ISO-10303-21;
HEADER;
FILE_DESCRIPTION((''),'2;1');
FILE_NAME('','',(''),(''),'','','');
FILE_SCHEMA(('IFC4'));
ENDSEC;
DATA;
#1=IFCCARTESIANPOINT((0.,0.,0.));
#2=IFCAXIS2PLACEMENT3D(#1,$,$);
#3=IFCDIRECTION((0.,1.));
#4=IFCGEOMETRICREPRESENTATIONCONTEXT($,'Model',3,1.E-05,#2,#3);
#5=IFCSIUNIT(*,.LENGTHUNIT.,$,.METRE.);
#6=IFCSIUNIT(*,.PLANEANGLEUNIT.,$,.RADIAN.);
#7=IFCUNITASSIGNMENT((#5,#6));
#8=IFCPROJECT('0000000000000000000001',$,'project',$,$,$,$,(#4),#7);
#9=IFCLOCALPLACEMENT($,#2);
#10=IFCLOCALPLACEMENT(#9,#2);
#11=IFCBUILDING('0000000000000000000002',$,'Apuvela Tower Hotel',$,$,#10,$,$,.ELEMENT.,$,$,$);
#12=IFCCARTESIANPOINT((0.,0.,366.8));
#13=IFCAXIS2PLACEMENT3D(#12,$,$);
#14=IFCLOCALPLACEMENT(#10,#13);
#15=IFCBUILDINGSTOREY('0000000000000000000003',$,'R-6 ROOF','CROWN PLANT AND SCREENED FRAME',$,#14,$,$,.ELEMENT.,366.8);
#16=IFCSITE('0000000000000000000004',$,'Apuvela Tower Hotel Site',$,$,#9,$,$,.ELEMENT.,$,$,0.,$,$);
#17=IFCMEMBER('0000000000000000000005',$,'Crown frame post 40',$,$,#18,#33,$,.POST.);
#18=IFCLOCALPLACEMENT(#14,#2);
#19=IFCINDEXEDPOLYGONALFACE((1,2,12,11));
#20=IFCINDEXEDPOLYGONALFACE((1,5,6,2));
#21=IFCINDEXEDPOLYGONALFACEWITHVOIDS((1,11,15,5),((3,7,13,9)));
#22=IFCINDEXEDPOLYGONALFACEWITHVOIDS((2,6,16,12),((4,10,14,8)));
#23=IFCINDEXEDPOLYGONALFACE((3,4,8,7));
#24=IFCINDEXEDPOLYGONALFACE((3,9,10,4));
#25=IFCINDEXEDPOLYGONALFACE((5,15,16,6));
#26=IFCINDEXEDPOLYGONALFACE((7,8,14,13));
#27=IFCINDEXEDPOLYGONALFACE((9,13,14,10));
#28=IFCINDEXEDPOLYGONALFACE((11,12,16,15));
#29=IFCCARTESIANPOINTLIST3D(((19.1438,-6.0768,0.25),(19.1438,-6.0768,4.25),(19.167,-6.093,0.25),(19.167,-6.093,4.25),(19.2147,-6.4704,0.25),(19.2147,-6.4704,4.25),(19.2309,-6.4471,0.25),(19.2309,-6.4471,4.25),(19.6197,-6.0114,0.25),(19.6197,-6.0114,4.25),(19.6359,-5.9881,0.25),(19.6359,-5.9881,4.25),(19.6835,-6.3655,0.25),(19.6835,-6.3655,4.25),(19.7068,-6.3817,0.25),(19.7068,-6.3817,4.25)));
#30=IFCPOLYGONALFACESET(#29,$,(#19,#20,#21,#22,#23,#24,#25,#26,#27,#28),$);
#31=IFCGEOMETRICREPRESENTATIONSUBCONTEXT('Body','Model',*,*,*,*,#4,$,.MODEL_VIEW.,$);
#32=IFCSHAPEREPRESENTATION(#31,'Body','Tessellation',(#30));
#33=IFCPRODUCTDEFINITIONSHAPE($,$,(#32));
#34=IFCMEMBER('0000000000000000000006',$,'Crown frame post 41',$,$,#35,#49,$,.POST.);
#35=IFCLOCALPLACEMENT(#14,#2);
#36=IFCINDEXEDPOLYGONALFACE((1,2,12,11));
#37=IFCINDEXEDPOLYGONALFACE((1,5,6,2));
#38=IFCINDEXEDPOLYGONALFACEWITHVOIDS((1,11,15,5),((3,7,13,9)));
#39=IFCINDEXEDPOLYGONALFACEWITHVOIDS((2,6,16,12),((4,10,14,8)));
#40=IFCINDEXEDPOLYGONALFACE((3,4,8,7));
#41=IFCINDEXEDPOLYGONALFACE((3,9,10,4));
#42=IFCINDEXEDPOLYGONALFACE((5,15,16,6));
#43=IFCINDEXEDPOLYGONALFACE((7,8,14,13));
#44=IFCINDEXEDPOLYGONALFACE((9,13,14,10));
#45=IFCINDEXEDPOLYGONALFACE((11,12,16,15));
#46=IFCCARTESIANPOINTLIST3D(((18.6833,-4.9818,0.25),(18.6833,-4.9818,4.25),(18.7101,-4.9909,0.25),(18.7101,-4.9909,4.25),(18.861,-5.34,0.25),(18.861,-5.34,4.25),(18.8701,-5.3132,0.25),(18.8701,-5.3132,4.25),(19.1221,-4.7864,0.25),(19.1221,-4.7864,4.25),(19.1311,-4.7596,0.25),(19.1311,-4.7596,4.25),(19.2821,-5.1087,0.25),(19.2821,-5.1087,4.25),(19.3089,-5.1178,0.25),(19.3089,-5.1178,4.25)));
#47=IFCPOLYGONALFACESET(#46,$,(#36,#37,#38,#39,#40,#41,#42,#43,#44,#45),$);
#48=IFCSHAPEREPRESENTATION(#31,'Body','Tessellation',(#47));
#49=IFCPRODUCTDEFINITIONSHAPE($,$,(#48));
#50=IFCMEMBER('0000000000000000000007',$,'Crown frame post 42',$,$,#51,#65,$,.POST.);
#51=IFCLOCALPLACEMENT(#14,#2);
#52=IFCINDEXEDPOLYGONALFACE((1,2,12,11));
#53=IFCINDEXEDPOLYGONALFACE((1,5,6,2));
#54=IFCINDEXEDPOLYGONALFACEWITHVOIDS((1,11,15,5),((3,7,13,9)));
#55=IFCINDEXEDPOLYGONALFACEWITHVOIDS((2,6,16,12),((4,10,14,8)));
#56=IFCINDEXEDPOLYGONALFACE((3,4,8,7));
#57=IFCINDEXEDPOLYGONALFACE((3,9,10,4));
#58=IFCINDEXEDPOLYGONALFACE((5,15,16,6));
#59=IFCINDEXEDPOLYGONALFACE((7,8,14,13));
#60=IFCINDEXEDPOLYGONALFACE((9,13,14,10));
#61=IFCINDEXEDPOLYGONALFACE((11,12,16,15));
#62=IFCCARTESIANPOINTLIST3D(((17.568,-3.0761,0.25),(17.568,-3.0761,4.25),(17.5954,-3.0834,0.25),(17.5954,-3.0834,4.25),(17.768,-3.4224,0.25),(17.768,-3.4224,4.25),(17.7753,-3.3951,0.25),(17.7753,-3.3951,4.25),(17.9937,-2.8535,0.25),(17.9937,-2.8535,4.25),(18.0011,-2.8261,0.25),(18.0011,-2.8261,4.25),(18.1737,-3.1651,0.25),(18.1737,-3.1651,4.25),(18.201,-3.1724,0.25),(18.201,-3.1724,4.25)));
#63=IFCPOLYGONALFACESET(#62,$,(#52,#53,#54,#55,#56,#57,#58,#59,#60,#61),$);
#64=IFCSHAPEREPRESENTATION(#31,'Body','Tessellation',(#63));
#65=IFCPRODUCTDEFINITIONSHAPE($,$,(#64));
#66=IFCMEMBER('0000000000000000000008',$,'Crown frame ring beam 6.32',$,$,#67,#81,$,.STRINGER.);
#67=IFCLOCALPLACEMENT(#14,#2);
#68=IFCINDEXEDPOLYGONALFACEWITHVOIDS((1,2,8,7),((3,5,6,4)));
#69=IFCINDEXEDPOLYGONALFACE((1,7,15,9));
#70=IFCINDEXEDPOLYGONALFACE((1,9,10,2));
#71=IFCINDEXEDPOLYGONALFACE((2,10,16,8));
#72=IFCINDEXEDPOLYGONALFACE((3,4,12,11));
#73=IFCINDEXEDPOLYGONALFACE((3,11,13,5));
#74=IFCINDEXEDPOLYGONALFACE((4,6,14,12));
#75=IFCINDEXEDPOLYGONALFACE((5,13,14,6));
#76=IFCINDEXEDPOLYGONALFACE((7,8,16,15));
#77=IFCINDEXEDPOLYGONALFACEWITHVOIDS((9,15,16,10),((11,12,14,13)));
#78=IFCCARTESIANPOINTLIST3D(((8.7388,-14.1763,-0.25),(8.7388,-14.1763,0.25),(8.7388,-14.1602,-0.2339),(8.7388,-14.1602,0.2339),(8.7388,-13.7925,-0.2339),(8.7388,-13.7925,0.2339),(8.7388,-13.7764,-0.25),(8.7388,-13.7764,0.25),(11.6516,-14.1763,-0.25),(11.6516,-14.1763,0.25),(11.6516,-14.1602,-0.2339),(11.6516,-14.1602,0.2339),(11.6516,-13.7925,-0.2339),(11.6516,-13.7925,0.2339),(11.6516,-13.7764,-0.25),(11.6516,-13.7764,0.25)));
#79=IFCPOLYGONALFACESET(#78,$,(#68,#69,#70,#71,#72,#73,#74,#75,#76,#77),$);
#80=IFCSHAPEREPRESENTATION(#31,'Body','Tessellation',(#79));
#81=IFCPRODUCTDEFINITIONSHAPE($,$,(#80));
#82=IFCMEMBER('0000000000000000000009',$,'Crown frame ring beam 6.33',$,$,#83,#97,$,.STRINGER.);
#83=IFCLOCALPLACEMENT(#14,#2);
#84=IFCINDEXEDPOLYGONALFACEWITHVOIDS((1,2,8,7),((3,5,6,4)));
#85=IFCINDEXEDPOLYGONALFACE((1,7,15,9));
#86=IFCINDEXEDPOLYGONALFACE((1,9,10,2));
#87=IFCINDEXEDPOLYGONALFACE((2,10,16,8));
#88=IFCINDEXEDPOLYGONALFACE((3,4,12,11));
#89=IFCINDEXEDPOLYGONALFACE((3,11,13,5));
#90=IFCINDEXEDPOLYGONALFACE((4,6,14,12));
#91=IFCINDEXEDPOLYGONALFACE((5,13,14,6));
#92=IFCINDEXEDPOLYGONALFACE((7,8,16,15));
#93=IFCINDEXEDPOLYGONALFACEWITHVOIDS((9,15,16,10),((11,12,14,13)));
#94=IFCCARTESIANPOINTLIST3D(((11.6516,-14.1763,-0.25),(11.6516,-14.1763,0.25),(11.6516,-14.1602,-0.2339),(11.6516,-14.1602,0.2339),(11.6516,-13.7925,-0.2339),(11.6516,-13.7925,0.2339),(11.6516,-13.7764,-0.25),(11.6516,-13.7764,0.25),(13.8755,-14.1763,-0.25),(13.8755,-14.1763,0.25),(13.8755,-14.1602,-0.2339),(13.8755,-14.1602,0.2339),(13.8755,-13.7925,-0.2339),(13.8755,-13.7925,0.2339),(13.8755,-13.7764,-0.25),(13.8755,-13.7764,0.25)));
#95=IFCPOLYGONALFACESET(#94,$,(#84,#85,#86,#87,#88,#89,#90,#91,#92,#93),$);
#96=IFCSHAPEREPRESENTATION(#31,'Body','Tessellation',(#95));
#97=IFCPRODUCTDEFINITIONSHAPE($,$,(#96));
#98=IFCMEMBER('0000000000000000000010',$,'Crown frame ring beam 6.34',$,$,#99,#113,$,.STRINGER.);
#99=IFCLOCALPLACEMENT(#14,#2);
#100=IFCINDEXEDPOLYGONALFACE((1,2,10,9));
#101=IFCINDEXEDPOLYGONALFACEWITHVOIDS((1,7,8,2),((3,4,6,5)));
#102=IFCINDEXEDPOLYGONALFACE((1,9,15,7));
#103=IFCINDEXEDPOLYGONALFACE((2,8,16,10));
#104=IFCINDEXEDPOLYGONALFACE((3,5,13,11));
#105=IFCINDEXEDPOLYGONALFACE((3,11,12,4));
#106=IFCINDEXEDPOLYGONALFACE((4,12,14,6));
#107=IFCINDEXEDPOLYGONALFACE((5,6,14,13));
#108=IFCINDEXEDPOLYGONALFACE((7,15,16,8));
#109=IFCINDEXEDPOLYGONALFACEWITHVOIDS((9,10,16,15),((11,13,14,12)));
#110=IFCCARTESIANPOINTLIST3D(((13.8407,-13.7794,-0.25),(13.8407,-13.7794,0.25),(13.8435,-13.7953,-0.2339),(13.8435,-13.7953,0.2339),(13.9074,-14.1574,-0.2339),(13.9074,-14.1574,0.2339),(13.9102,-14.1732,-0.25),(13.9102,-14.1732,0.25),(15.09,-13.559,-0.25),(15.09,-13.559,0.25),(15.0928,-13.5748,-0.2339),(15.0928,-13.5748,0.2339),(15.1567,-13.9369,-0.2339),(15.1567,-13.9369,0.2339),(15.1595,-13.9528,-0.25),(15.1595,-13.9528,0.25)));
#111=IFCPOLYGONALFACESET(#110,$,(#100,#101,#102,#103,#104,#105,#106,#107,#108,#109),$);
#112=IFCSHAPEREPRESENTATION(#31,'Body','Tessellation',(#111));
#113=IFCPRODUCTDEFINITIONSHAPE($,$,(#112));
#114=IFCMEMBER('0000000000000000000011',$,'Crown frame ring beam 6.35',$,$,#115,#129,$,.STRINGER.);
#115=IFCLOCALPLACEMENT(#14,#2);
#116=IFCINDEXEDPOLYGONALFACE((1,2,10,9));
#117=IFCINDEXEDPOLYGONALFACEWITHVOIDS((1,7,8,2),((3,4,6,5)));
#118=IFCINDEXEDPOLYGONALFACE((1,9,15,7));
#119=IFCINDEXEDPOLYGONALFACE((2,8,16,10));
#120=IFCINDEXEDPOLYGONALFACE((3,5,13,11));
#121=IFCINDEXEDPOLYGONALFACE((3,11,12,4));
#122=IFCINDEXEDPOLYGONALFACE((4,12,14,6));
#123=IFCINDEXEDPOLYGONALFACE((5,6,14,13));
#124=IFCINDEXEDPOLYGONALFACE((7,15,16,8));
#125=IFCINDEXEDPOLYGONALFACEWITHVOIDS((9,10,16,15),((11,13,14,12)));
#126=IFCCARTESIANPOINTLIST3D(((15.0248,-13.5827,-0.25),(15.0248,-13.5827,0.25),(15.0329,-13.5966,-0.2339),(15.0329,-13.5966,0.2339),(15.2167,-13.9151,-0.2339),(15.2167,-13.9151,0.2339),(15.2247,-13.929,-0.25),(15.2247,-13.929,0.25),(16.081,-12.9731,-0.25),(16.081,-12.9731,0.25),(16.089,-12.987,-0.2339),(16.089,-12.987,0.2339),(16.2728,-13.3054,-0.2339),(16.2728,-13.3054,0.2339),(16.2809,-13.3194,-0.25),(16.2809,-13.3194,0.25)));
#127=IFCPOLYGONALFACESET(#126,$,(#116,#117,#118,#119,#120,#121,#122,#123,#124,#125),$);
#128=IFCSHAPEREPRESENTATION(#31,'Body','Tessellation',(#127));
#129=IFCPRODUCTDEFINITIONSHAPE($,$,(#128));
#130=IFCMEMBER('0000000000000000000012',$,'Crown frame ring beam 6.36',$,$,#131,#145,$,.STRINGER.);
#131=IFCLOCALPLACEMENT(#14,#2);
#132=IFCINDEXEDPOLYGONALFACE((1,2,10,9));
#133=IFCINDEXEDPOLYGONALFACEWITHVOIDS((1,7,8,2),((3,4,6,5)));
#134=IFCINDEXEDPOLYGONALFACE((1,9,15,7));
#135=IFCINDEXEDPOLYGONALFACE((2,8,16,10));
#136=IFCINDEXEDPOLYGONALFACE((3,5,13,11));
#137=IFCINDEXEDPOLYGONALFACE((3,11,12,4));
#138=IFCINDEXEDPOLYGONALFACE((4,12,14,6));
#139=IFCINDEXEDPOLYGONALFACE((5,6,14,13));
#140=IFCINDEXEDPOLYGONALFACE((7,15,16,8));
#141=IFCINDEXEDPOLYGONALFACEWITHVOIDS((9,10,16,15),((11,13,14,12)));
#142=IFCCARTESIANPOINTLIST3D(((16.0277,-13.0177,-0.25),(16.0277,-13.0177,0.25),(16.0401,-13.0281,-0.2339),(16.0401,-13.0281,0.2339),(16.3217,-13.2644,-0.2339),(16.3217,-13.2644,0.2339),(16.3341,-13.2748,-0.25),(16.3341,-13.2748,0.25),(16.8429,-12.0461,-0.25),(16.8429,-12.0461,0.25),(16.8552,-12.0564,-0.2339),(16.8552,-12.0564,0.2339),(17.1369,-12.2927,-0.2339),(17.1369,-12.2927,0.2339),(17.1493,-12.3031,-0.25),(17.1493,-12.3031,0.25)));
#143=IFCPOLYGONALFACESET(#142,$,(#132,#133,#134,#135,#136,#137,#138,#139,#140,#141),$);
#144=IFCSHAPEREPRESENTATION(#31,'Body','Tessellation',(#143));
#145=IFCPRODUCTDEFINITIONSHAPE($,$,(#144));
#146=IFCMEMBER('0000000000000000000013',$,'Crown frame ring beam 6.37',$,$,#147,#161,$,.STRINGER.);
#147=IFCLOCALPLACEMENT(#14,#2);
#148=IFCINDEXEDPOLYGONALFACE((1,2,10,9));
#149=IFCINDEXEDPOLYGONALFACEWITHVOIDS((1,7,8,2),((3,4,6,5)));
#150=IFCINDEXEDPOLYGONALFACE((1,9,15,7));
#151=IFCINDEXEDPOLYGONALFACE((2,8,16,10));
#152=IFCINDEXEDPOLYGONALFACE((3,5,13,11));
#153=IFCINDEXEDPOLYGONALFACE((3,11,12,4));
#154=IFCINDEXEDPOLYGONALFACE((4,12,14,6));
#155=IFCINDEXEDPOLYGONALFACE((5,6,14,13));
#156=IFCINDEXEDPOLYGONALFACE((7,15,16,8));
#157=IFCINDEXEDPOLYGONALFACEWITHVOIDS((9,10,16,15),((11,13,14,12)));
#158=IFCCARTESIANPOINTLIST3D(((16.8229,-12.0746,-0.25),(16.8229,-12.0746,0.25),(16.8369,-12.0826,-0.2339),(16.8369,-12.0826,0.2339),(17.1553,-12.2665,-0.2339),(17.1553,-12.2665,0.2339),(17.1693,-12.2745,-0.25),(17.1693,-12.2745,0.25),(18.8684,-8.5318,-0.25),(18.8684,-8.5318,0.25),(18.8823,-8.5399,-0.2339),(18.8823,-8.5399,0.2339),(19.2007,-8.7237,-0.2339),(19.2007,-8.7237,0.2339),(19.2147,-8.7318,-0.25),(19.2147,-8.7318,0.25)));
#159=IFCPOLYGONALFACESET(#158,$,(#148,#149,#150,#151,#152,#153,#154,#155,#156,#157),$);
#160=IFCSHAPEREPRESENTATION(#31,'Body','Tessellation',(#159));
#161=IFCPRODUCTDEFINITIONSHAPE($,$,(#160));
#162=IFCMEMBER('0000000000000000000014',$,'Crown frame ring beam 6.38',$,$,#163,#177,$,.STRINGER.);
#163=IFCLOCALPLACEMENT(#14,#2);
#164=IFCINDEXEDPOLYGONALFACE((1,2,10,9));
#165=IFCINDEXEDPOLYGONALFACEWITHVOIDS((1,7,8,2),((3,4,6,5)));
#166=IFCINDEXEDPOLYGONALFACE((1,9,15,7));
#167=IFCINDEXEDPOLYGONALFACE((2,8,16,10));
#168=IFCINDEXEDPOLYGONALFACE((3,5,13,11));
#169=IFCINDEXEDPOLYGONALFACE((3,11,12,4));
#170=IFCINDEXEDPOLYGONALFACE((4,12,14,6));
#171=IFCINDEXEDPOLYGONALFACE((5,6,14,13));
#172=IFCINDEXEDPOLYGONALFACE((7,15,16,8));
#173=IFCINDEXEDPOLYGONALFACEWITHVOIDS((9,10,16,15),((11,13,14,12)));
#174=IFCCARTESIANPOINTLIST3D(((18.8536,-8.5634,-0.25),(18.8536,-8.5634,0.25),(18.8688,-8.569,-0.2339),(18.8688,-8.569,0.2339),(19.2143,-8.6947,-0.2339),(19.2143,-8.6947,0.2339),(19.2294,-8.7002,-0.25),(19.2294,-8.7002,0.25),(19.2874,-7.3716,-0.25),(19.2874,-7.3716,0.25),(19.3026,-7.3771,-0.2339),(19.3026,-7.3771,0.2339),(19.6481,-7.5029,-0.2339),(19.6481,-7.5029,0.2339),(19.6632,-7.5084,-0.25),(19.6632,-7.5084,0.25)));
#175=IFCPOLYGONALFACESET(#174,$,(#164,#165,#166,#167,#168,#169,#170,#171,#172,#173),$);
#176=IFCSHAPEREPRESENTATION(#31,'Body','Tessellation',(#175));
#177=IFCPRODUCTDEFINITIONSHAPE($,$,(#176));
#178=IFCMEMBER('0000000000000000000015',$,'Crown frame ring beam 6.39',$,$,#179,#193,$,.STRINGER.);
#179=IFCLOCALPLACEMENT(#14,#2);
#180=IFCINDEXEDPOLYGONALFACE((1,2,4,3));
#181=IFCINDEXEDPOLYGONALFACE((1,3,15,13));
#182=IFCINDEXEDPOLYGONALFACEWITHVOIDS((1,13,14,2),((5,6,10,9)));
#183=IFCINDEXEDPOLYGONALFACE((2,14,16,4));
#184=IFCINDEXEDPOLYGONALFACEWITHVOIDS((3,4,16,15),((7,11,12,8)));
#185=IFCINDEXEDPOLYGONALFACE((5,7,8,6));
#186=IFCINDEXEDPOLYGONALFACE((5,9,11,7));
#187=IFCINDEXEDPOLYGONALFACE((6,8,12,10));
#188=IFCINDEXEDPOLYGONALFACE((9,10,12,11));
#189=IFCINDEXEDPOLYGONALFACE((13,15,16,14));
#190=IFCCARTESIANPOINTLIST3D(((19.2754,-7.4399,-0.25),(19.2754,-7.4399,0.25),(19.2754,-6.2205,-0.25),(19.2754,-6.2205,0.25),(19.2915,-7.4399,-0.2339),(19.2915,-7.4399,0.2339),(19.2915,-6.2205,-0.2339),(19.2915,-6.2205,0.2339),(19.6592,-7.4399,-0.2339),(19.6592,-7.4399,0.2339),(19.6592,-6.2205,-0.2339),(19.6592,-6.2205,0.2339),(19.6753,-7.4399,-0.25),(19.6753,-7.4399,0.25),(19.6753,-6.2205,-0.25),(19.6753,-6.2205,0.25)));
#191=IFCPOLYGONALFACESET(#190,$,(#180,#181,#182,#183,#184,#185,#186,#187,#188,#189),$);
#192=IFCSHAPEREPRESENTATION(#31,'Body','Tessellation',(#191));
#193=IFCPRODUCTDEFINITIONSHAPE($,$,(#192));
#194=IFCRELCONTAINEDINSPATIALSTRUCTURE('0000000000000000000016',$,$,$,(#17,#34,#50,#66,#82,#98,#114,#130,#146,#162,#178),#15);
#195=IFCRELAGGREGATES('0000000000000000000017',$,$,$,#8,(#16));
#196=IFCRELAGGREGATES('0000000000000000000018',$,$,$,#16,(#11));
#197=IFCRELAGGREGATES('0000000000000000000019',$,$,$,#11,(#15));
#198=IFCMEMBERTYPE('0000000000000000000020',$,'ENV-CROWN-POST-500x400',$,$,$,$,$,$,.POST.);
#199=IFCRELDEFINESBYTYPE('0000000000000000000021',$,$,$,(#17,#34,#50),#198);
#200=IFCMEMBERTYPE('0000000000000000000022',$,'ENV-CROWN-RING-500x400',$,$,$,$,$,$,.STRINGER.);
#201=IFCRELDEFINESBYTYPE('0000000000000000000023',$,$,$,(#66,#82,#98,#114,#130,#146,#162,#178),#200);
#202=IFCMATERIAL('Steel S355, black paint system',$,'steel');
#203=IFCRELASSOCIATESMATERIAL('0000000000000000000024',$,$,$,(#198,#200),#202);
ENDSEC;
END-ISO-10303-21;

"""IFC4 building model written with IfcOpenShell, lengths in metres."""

from ifc_helpers import new_model, si_unit, direction, frame, origin, origin_2d, place, context, subcontext, project, spatial, hollow_rectangle, extrude, material, material_profile, profile_set, type_object, element, save


model = new_model("IFC4")

# Units and contexts
model_context = context("Model", 3, precision=1e-05, world=origin(), true_north=direction((0.0, 1.0)))
body_context = subcontext(model_context, "Body", "Model", "MODEL_VIEW")
ifc_project = project(units=[si_unit("LENGTHUNIT", "METRE"), si_unit("PLANEANGLEUNIT", "RADIAN")], contexts=[model_context])

# Site, building, storey
site_placement = place(None, origin())
site = spatial("IfcSite", under=ifc_project, at=site_placement, Name="Apuvela Tower Hotel Site", CompositionType="ELEMENT", RefElevation=0.0)
building_placement = place(site_placement, origin())
building = spatial("IfcBuilding", under=site, at=building_placement, Name="Apuvela Tower Hotel", CompositionType="ELEMENT")
storey_placement = place(building_placement, frame((0.0, 0.0, 366.8)))
storey = spatial("IfcBuildingStorey", under=building, at=storey_placement, Name="R-6 ROOF", Description="CROWN PLANT AND SCREENED FRAME", CompositionType="ELEMENT", Elevation=366.8)

# Members
ifc_material_1 = material(Name="Steel S355, black paint system", Category="steel")
ifc_material_profile_1 = material_profile(ifc_material_1, hollow_rectangle(XDim=0.3999, YDim=0.5, WallThickness=0.02, at=origin_2d()), Name="HSS 500x400x20")
ifc_profile_set_1 = profile_set([ifc_material_profile_1], Name="Steel S355, black paint system")
member_type_1 = type_object("IfcMemberType", Name="ENV-CROWN-POST-500x400", PredefinedType="POST", material=ifc_profile_set_1)
for number, where, z_axis, x_axis, name in (
    (1, (19.4253, -6.2292, 0.25), (0.0, 0.0, 1.0), (-0.177415, 0.984136, 0.0), "Crown frame post 40"),
    (2, (18.9961, -5.0498, 0.25), (0.0, 0.0, 1.0), (-0.444554, 0.895752, 0.0), "Crown frame post 41"),
    (3, (17.8845, -3.1243, 0.25), (0.0, 0.0, 1.0), (-0.5, 0.866025, 0.0), "Crown frame post 42"),
):
    element("IfcMember", number, at=place(storey_placement, frame(where, z_axis=z_axis, x_axis=x_axis)), inside=storey, type_object=member_type_1, Name=name, PredefinedType="POST", context=body_context, shape_type="SweptSolid", body=[
        extrude(hollow_rectangle(XDim=0.3999, YDim=0.5, WallThickness=0.02, at=origin_2d()), origin(), (0.0, 0.0, 1.0), 4.0),
    ])
ifc_material_profile_2 = material_profile(ifc_material_1, hollow_rectangle(XDim=0.3999, YDim=0.5, WallThickness=0.0161, at=origin_2d()), Name="HSS 500x400x16")
ifc_profile_set_2 = profile_set([ifc_material_profile_2], Name="Steel S355, black paint system")
member_type_2 = type_object("IfcMemberType", Name="ENV-CROWN-RING-500x400", PredefinedType="STRINGER", material=ifc_profile_set_2)
member_1_placement = place(storey_placement, frame((8.7388, -13.9763, 0.0), z_axis=(1.0, 0.0, 0.0), x_axis=(0.0, 1.0, 0.0)))
element("IfcMember", 4, at=member_1_placement, inside=storey, type_object=member_type_2, Name="Crown frame ring beam 6.32", PredefinedType="STRINGER", context=body_context, shape_type="SweptSolid", body=[
    extrude(hollow_rectangle(XDim=0.3999, YDim=0.5, WallThickness=0.0161, at=origin_2d()), origin(), (0.0, 0.0, 1.0), 2.9128),
])
member_2_placement = place(storey_placement, frame((11.6516, -13.9763, 0.0), z_axis=(1.0, 0.0, 0.0), x_axis=(0.0, 1.0, 0.0)))
element("IfcMember", 5, at=member_2_placement, inside=storey, type_object=member_type_2, Name="Crown frame ring beam 6.33", PredefinedType="STRINGER", context=body_context, shape_type="SweptSolid", body=[
    extrude(hollow_rectangle(XDim=0.3999, YDim=0.5, WallThickness=0.0161, at=origin_2d()), origin(), (0.0, 0.0, 1.0), 2.2239),
])
member_3_placement = place(storey_placement, frame((13.8755, -13.9763, 0.0), z_axis=(0.984784, 0.173785, 0.0), x_axis=(-0.173785, 0.984784, 0.0)))
element("IfcMember", 6, at=member_3_placement, inside=storey, type_object=member_type_2, Name="Crown frame ring beam 6.34", PredefinedType="STRINGER", context=body_context, shape_type="SweptSolid", body=[
    extrude(hollow_rectangle(XDim=0.3999, YDim=0.5, WallThickness=0.0161, at=origin_2d()), origin(), (0.0, 0.0, 1.0), 1.2686),
])
member_4_placement = place(storey_placement, frame((15.1248, -13.7559, 0.0), z_axis=(0.866079, 0.499907, 0.0), x_axis=(-0.499907, 0.866079, 0.0)))
element("IfcMember", 7, at=member_4_placement, inside=storey, type_object=member_type_2, Name="Crown frame ring beam 6.35", PredefinedType="STRINGER", context=body_context, shape_type="SweptSolid", body=[
    extrude(hollow_rectangle(XDim=0.3999, YDim=0.5, WallThickness=0.0161, at=origin_2d()), origin(), (0.0, 0.0, 1.0), 1.2195),
])
member_5_placement = place(storey_placement, frame((16.1809, -13.1462, 0.0), z_axis=(0.642718, 0.766103, 0.0), x_axis=(-0.766103, 0.642718, 0.0)))
element("IfcMember", 8, at=member_5_placement, inside=storey, type_object=member_type_2, Name="Crown frame ring beam 6.36", PredefinedType="STRINGER", context=body_context, shape_type="SweptSolid", body=[
    extrude(hollow_rectangle(XDim=0.3999, YDim=0.5, WallThickness=0.0161, at=origin_2d()), origin(), (0.0, 0.0, 1.0), 1.2683),
])
member_6_placement = place(storey_placement, frame((16.9961, -12.1746, 0.0), z_axis=(0.500003, 0.866024, 0.0), x_axis=(-0.866024, 0.500003, 0.0)))
element("IfcMember", 9, at=member_6_placement, inside=storey, type_object=member_type_2, Name="Crown frame ring beam 6.37", PredefinedType="STRINGER", context=body_context, shape_type="SweptSolid", body=[
    extrude(hollow_rectangle(XDim=0.3999, YDim=0.5, WallThickness=0.0161, at=origin_2d()), origin(), (0.0, 0.0, 1.0), 4.0908),
])
member_7_placement = place(storey_placement, frame((19.0415, -8.6318, 0.0), z_axis=(0.342037, 0.939687, 0.0), x_axis=(-0.939687, 0.342037, 0.0)))
element("IfcMember", 10, at=member_7_placement, inside=storey, type_object=member_type_2, Name="Crown frame ring beam 6.38", PredefinedType="STRINGER", context=body_context, shape_type="SweptSolid", body=[
    extrude(hollow_rectangle(XDim=0.3999, YDim=0.5, WallThickness=0.0161, at=origin_2d()), origin(), (0.0, 0.0, 1.0), 1.2683),
])
member_8_placement = place(storey_placement, frame((19.4753, -7.4399, 0.0), z_axis=(0.0, 1.0, 0.0), x_axis=(-1.0, 0.0, 0.0)))
element("IfcMember", 11, at=member_8_placement, inside=storey, type_object=member_type_2, Name="Crown frame ring beam 6.39", PredefinedType="STRINGER", context=body_context, shape_type="SweptSolid", body=[
    extrude(hollow_rectangle(XDim=0.3999, YDim=0.5, WallThickness=0.0161, at=origin_2d()), origin(), (0.0, 0.0, 1.0), 1.2195),
])

save(model, "model.ifc")
